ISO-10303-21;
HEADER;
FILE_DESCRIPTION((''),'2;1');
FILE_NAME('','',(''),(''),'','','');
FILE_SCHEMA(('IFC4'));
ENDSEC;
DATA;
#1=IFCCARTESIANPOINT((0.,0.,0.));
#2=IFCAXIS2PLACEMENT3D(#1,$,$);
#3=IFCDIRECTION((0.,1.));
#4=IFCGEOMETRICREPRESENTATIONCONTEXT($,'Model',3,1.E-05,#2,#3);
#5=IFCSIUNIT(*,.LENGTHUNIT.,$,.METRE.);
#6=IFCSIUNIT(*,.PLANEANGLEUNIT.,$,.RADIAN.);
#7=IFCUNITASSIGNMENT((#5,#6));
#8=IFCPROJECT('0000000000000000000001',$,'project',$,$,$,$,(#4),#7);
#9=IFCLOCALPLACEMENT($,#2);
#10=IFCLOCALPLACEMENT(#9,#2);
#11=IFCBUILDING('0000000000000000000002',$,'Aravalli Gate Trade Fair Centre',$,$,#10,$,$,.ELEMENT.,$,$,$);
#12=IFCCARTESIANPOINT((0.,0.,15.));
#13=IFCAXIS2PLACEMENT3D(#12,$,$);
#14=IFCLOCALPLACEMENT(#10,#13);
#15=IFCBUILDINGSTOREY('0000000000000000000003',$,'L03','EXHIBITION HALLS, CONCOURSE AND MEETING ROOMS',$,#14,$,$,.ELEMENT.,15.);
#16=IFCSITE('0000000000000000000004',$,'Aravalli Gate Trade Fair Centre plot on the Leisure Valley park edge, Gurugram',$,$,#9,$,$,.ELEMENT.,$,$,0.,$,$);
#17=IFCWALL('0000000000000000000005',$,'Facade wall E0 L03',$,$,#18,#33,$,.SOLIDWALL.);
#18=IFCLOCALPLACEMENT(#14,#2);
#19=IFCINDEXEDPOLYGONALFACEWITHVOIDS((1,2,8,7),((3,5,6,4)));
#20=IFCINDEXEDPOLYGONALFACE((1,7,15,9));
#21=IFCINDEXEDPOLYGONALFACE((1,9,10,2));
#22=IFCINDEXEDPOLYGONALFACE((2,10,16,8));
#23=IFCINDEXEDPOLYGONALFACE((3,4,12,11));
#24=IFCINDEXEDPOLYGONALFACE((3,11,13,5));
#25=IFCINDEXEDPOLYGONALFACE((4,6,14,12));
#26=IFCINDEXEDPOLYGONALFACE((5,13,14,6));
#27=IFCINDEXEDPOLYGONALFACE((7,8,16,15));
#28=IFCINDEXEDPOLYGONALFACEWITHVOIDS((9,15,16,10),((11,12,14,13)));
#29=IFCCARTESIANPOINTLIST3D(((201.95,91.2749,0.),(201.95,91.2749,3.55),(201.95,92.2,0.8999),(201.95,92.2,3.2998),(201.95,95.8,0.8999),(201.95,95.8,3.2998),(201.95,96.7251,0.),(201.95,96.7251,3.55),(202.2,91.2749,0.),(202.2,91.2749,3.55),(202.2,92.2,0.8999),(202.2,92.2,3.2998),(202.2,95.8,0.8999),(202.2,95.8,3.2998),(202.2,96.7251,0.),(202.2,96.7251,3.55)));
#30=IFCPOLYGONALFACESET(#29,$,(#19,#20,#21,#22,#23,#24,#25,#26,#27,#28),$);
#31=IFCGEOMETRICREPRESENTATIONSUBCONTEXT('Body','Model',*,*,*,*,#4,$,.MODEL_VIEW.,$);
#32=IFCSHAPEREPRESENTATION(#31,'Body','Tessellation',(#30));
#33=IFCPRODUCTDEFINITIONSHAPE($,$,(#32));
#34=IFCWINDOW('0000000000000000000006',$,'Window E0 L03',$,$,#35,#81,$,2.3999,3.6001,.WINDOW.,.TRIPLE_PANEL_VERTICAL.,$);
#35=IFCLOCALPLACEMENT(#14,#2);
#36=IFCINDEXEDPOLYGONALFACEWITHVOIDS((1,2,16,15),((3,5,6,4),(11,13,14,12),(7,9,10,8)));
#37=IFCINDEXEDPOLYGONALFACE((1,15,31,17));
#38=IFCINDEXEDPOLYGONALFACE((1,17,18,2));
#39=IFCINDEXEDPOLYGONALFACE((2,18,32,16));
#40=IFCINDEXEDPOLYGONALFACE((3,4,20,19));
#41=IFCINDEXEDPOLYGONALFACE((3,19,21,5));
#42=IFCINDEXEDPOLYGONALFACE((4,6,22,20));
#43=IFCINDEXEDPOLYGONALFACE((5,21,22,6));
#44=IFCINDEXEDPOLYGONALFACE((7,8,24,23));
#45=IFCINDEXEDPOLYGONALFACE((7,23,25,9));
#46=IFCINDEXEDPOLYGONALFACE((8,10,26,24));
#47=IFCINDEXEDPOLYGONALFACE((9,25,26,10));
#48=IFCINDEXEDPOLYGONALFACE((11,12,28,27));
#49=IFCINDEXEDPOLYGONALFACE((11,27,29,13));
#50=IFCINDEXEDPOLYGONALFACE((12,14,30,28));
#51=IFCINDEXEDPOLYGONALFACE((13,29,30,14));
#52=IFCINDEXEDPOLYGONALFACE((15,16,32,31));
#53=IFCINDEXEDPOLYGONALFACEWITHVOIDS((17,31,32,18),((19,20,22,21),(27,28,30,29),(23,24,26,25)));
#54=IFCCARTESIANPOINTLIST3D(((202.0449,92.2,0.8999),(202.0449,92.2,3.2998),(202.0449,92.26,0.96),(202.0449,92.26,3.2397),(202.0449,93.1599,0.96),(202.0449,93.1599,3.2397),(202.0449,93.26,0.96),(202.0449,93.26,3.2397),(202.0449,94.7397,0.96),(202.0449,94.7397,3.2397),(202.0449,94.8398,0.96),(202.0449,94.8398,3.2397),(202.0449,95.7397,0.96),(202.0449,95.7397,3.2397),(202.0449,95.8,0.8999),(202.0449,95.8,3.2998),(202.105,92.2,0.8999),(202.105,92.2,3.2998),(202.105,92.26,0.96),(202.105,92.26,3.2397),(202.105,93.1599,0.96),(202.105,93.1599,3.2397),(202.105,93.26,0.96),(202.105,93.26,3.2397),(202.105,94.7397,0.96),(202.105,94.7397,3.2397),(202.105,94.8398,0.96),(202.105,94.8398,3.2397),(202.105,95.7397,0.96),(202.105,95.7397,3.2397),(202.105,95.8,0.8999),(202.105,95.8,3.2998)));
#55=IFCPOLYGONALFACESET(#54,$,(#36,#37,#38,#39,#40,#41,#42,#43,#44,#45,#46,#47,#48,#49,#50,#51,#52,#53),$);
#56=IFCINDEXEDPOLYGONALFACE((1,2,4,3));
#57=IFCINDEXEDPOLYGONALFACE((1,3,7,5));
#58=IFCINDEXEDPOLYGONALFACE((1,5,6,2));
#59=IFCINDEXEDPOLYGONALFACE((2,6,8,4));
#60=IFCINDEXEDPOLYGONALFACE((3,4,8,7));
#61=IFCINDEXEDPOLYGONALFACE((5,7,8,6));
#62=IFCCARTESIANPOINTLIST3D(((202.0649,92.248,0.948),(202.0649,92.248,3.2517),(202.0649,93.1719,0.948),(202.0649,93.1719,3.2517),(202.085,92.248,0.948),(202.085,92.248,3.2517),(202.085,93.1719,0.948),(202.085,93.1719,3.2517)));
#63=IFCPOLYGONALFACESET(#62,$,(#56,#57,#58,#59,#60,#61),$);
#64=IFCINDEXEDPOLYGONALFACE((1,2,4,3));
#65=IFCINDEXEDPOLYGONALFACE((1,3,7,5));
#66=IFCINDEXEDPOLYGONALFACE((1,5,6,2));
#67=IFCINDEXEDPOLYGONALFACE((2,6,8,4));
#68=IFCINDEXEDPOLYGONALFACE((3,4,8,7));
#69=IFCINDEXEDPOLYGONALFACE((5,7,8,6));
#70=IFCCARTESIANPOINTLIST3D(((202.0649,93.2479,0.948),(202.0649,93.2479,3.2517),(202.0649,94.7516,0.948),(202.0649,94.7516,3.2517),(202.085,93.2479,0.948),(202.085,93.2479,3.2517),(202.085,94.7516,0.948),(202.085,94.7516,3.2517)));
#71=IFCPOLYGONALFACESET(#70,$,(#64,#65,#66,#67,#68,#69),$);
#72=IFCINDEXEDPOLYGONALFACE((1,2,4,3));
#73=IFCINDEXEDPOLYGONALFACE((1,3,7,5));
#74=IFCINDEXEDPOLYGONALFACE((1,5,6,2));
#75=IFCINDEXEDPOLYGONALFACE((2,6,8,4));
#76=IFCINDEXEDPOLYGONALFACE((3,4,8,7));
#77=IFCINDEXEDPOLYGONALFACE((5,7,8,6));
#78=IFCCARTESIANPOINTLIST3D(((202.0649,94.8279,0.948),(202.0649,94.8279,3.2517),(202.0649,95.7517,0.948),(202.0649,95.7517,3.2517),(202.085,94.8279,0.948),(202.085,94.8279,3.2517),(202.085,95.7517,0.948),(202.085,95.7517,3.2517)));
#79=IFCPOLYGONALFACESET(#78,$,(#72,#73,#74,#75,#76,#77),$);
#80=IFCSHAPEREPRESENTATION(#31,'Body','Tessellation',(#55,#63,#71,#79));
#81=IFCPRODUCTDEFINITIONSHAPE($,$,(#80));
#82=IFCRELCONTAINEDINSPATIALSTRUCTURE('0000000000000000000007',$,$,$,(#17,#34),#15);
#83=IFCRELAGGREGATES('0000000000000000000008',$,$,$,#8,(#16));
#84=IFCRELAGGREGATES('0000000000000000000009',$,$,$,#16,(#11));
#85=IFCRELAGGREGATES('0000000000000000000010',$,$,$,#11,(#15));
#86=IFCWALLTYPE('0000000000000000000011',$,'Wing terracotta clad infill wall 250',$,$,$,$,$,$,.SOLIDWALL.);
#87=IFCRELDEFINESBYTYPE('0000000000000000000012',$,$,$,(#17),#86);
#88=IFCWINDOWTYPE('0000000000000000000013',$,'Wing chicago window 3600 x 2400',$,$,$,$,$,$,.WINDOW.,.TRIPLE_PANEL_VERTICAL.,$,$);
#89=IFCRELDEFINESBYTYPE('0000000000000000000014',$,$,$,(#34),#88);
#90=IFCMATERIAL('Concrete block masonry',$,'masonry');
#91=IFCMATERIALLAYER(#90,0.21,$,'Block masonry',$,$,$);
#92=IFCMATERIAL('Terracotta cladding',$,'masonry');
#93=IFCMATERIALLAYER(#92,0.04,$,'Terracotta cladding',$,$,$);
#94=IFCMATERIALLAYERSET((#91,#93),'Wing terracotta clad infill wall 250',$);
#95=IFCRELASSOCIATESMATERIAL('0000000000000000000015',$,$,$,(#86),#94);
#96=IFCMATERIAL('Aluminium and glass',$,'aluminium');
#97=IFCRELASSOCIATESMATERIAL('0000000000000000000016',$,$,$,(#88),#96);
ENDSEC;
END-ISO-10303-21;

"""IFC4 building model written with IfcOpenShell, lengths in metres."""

from ifc_helpers import new_model, si_unit, direction, frame, frame_2d, origin, place, context, subcontext, project, spatial, polyline, rectangle, outline, extrude, material, layer, layer_set, type_object, element, fill, save


model = new_model("IFC4")

# Units and contexts
model_context = context("Model", 3, precision=1e-05, world=origin(), true_north=direction((0.0, 1.0)))
body_context = subcontext(model_context, "Body", "Model", "MODEL_VIEW")
ifc_project = project(units=[si_unit("LENGTHUNIT", "METRE"), si_unit("PLANEANGLEUNIT", "RADIAN")], contexts=[model_context])

# Site, building, storey
site_placement = place(None, origin())
site = spatial("IfcSite", under=ifc_project, at=site_placement, Name="Aravalli Gate Trade Fair Centre plot on the Leisure Valley park edge, Gurugram", CompositionType="ELEMENT", RefElevation=0.0)
building_placement = place(site_placement, origin())
building = spatial("IfcBuilding", under=site, at=building_placement, Name="Aravalli Gate Trade Fair Centre", CompositionType="ELEMENT")
storey_placement = place(building_placement, frame((0.0, 0.0, 15.0)))
storey = spatial("IfcBuildingStorey", under=building, at=storey_placement, Name="L03", Description="EXHIBITION HALLS, CONCOURSE AND MEETING ROOMS", CompositionType="ELEMENT", Elevation=15.0)

# Wall, opening, window
ifc_material_1 = material(Name="Concrete block masonry", Category="masonry")
ifc_layer_1 = layer(ifc_material_1, 0.21, Name="Block masonry")
ifc_material_2 = material(Name="Terracotta cladding", Category="masonry")
ifc_layer_2 = layer(ifc_material_2, 0.04, Name="Terracotta cladding")
ifc_layer_set_1 = layer_set([ifc_layer_1, ifc_layer_2], Name="Wing terracotta clad infill wall 250")
wall_type_1 = type_object("IfcWallType", Name="Wing terracotta clad infill wall 250", PredefinedType="SOLIDWALL", material=ifc_layer_set_1)
wall_placement = place(storey_placement, frame((202.075, 91.2749, 0.0), z_axis=(0.0, 0.0, 1.0), x_axis=(0.0, 1.0, 0.0)))
wall = element("IfcWall", 1, at=wall_placement, inside=storey, type_object=wall_type_1, Name="Facade wall E0 L03", PredefinedType="SOLIDWALL", context=body_context, shape_type="SweptSolid", body=[
    extrude(rectangle(XDim=5.4502, YDim=0.25, at=frame_2d((2.7251, 0.0))), origin(), (0.0, 0.0, 1.0), 3.55),
])
opening_placement = place(wall_placement, frame((0.925, 0.0, 0.8999)))
opening = element("IfcOpeningElement", 2, at=opening_placement, cuts=wall, PredefinedType="OPENING", context=body_context, shape_type="SweptSolid", body=[
    extrude(rectangle(XDim=3.6001, YDim=2.3999, at=frame_2d((1.8, 1.2))), frame((0.0, 0.135, 0.0), z_axis=(0.0, -1.0, 0.0), x_axis=(1.0, 0.0, 0.0)), (0.0, 0.0, 1.0), 0.27),
])
ifc_material_3 = material(Name="Aluminium and glass", Category="aluminium")
window_type = type_object("IfcWindowType", Name="Wing chicago window 3600 x 2400", PartitioningType="TRIPLE_PANEL_VERTICAL", PredefinedType="WINDOW", material=ifc_material_3)
window_placement = place(opening_placement, origin())
window = element("IfcWindow", 3, at=window_placement, inside=storey, type_object=window_type, Name="Window E0 L03", OverallHeight=2.3999, OverallWidth=3.6001, PartitioningType="TRIPLE_PANEL_VERTICAL", PredefinedType="WINDOW", context=body_context, shape_type="SweptSolid", body=[
    extrude(outline(polyline([(0.0, 0.0), (3.6001, 0.0), (3.6001, 2.3999), (0.0, 2.3999), (0.0, 0.0)]), holes=[polyline([(0.0601, 0.0601), (0.96, 0.0601), (0.96, 2.3398), (0.0601, 2.3398), (0.0601, 0.0601)]), polyline([(1.0601, 0.0601), (2.5398, 0.0601), (2.5398, 2.3398), (1.0601, 2.3398), (1.0601, 0.0601)]), polyline([(2.6399, 0.0601), (3.5398, 0.0601), (3.5398, 2.3398), (2.6399, 2.3398), (2.6399, 0.0601)])]), frame((0.0, 0.03, 0.0), z_axis=(0.0, -1.0, 0.0), x_axis=(1.0, 0.0, 0.0)), (0.0, 0.0, 1.0), 0.0601),
    extrude(rectangle(XDim=0.9238, YDim=2.3037, at=frame_2d((0.51, 1.2))), frame((0.0, 0.01, 0.0), z_axis=(0.0, -1.0, 0.0), x_axis=(1.0, 0.0, 0.0)), (0.0, 0.0, 1.0), 0.02),
    extrude(rectangle(XDim=1.5037, YDim=2.3037, at=frame_2d((1.7998, 1.2))), frame((0.0, 0.01, 0.0), z_axis=(0.0, -1.0, 0.0), x_axis=(1.0, 0.0, 0.0)), (0.0, 0.0, 1.0), 0.02),
    extrude(rectangle(XDim=0.9238, YDim=2.3037, at=frame_2d((3.0898, 1.2))), frame((0.0, 0.01, 0.0), z_axis=(0.0, -1.0, 0.0), x_axis=(1.0, 0.0, 0.0)), (0.0, 0.0, 1.0), 0.02),
])
fill(opening, window)

save(model, "model.ifc")
